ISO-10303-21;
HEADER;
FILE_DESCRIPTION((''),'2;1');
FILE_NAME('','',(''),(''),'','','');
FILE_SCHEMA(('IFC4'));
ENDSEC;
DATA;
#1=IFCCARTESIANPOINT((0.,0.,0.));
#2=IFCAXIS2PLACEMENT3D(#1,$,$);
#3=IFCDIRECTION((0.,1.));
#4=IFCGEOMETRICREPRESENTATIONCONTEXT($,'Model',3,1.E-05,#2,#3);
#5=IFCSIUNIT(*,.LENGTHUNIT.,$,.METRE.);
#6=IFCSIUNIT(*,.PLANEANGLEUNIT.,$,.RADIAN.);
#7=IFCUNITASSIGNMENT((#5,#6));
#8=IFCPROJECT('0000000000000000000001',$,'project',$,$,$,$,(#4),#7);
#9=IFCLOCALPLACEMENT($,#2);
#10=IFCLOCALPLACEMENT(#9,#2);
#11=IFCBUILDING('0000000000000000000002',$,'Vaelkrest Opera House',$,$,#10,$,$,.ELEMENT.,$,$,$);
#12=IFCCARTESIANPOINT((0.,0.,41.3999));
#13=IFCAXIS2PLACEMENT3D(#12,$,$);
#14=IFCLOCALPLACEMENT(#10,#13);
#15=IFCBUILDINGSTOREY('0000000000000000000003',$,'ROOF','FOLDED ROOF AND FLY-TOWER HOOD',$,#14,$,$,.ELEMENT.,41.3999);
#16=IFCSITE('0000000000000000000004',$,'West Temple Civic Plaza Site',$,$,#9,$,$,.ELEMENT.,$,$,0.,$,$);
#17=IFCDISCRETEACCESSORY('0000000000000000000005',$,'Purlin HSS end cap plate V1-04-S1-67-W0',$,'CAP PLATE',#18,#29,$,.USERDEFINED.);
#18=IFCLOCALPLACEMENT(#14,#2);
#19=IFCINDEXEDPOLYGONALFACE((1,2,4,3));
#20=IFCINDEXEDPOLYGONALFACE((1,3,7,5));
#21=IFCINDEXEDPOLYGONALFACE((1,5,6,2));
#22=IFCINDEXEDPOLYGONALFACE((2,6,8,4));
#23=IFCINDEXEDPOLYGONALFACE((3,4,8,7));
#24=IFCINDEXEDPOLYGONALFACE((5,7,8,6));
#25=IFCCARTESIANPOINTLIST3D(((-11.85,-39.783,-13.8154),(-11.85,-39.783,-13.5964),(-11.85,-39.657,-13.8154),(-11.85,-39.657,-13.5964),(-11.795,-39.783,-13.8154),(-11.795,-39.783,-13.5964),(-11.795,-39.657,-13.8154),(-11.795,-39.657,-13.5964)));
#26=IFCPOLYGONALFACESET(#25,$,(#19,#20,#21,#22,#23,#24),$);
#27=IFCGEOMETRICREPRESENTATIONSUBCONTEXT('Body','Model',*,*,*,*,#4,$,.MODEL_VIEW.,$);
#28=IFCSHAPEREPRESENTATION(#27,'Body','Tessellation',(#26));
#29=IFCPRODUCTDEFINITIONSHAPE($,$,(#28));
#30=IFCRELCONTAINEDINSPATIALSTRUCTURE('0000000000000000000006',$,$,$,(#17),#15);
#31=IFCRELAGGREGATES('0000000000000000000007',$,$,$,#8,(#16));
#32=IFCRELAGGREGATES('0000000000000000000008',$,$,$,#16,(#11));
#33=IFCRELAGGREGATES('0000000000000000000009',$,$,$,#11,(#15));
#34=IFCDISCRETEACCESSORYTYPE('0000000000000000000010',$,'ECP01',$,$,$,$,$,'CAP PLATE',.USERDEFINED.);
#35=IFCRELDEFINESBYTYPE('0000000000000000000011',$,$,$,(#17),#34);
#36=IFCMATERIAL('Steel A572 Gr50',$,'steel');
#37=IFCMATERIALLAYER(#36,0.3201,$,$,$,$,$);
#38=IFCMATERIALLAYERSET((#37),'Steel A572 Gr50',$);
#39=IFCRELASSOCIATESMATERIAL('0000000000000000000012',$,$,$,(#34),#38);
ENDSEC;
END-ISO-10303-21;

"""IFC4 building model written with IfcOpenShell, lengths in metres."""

from ifc_helpers import new_model, si_unit, direction, frame, origin, origin_2d, place, context, subcontext, project, spatial, rectangle, extrude, material, layer, layer_set, type_object, element, save


model = new_model("IFC4")

# Units and contexts
model_context = context("Model", 3, precision=1e-05, world=origin(), true_north=direction((0.0, 1.0)))
body_context = subcontext(model_context, "Body", "Model", "MODEL_VIEW")
ifc_project = project(units=[si_unit("LENGTHUNIT", "METRE"), si_unit("PLANEANGLEUNIT", "RADIAN")], contexts=[model_context])

# Site, building, storey
site_placement = place(None, origin())
site = spatial("IfcSite", under=ifc_project, at=site_placement, Name="West Temple Civic Plaza Site", CompositionType="ELEMENT", RefElevation=0.0)
building_placement = place(site_placement, origin())
building = spatial("IfcBuilding", under=site, at=building_placement, Name="Vaelkrest Opera House", CompositionType="ELEMENT")
storey_placement = place(building_placement, frame((0.0, 0.0, 41.3999)))
storey = spatial("IfcBuildingStorey", under=building, at=storey_placement, Name="ROOF", Description="FOLDED ROOF AND FLY-TOWER HOOD", CompositionType="ELEMENT", Elevation=41.3999)

# Shared definitions
ifc_material_1 = material(Name="Steel A572 Gr50", Category="steel")

# Discrete accessory
ifc_layer_1 = layer(ifc_material_1, 0.3201)
ifc_layer_set_1 = layer_set([ifc_layer_1], Name="Steel A572 Gr50")
discrete_accessory_type = type_object("IfcDiscreteAccessoryType", Name="ECP01", ElementType="CAP PLATE", PredefinedType="USERDEFINED", material=ifc_layer_set_1)
for number, where, z_axis, x_axis, name in (
    (1, (-11.8225, -39.72, -13.8154), (0.0, 0.0, 1.0), (1.0, 0.0, 0.0), "Purlin HSS end cap plate V1-04-S1-67-W0"),
):
    element("IfcDiscreteAccessory", number, at=place(storey_placement, frame(where, z_axis=z_axis, x_axis=x_axis)), inside=storey, type_object=discrete_accessory_type, Name=name, ObjectType="CAP PLATE", PredefinedType="USERDEFINED", context=body_context, shape_type="SweptSolid", body=[
        extrude(rectangle(XDim=0.0549, YDim=0.126, at=origin_2d()), origin(), (0.0, 0.0, 1.0), 0.219),
    ])

save(model, "model.ifc")
